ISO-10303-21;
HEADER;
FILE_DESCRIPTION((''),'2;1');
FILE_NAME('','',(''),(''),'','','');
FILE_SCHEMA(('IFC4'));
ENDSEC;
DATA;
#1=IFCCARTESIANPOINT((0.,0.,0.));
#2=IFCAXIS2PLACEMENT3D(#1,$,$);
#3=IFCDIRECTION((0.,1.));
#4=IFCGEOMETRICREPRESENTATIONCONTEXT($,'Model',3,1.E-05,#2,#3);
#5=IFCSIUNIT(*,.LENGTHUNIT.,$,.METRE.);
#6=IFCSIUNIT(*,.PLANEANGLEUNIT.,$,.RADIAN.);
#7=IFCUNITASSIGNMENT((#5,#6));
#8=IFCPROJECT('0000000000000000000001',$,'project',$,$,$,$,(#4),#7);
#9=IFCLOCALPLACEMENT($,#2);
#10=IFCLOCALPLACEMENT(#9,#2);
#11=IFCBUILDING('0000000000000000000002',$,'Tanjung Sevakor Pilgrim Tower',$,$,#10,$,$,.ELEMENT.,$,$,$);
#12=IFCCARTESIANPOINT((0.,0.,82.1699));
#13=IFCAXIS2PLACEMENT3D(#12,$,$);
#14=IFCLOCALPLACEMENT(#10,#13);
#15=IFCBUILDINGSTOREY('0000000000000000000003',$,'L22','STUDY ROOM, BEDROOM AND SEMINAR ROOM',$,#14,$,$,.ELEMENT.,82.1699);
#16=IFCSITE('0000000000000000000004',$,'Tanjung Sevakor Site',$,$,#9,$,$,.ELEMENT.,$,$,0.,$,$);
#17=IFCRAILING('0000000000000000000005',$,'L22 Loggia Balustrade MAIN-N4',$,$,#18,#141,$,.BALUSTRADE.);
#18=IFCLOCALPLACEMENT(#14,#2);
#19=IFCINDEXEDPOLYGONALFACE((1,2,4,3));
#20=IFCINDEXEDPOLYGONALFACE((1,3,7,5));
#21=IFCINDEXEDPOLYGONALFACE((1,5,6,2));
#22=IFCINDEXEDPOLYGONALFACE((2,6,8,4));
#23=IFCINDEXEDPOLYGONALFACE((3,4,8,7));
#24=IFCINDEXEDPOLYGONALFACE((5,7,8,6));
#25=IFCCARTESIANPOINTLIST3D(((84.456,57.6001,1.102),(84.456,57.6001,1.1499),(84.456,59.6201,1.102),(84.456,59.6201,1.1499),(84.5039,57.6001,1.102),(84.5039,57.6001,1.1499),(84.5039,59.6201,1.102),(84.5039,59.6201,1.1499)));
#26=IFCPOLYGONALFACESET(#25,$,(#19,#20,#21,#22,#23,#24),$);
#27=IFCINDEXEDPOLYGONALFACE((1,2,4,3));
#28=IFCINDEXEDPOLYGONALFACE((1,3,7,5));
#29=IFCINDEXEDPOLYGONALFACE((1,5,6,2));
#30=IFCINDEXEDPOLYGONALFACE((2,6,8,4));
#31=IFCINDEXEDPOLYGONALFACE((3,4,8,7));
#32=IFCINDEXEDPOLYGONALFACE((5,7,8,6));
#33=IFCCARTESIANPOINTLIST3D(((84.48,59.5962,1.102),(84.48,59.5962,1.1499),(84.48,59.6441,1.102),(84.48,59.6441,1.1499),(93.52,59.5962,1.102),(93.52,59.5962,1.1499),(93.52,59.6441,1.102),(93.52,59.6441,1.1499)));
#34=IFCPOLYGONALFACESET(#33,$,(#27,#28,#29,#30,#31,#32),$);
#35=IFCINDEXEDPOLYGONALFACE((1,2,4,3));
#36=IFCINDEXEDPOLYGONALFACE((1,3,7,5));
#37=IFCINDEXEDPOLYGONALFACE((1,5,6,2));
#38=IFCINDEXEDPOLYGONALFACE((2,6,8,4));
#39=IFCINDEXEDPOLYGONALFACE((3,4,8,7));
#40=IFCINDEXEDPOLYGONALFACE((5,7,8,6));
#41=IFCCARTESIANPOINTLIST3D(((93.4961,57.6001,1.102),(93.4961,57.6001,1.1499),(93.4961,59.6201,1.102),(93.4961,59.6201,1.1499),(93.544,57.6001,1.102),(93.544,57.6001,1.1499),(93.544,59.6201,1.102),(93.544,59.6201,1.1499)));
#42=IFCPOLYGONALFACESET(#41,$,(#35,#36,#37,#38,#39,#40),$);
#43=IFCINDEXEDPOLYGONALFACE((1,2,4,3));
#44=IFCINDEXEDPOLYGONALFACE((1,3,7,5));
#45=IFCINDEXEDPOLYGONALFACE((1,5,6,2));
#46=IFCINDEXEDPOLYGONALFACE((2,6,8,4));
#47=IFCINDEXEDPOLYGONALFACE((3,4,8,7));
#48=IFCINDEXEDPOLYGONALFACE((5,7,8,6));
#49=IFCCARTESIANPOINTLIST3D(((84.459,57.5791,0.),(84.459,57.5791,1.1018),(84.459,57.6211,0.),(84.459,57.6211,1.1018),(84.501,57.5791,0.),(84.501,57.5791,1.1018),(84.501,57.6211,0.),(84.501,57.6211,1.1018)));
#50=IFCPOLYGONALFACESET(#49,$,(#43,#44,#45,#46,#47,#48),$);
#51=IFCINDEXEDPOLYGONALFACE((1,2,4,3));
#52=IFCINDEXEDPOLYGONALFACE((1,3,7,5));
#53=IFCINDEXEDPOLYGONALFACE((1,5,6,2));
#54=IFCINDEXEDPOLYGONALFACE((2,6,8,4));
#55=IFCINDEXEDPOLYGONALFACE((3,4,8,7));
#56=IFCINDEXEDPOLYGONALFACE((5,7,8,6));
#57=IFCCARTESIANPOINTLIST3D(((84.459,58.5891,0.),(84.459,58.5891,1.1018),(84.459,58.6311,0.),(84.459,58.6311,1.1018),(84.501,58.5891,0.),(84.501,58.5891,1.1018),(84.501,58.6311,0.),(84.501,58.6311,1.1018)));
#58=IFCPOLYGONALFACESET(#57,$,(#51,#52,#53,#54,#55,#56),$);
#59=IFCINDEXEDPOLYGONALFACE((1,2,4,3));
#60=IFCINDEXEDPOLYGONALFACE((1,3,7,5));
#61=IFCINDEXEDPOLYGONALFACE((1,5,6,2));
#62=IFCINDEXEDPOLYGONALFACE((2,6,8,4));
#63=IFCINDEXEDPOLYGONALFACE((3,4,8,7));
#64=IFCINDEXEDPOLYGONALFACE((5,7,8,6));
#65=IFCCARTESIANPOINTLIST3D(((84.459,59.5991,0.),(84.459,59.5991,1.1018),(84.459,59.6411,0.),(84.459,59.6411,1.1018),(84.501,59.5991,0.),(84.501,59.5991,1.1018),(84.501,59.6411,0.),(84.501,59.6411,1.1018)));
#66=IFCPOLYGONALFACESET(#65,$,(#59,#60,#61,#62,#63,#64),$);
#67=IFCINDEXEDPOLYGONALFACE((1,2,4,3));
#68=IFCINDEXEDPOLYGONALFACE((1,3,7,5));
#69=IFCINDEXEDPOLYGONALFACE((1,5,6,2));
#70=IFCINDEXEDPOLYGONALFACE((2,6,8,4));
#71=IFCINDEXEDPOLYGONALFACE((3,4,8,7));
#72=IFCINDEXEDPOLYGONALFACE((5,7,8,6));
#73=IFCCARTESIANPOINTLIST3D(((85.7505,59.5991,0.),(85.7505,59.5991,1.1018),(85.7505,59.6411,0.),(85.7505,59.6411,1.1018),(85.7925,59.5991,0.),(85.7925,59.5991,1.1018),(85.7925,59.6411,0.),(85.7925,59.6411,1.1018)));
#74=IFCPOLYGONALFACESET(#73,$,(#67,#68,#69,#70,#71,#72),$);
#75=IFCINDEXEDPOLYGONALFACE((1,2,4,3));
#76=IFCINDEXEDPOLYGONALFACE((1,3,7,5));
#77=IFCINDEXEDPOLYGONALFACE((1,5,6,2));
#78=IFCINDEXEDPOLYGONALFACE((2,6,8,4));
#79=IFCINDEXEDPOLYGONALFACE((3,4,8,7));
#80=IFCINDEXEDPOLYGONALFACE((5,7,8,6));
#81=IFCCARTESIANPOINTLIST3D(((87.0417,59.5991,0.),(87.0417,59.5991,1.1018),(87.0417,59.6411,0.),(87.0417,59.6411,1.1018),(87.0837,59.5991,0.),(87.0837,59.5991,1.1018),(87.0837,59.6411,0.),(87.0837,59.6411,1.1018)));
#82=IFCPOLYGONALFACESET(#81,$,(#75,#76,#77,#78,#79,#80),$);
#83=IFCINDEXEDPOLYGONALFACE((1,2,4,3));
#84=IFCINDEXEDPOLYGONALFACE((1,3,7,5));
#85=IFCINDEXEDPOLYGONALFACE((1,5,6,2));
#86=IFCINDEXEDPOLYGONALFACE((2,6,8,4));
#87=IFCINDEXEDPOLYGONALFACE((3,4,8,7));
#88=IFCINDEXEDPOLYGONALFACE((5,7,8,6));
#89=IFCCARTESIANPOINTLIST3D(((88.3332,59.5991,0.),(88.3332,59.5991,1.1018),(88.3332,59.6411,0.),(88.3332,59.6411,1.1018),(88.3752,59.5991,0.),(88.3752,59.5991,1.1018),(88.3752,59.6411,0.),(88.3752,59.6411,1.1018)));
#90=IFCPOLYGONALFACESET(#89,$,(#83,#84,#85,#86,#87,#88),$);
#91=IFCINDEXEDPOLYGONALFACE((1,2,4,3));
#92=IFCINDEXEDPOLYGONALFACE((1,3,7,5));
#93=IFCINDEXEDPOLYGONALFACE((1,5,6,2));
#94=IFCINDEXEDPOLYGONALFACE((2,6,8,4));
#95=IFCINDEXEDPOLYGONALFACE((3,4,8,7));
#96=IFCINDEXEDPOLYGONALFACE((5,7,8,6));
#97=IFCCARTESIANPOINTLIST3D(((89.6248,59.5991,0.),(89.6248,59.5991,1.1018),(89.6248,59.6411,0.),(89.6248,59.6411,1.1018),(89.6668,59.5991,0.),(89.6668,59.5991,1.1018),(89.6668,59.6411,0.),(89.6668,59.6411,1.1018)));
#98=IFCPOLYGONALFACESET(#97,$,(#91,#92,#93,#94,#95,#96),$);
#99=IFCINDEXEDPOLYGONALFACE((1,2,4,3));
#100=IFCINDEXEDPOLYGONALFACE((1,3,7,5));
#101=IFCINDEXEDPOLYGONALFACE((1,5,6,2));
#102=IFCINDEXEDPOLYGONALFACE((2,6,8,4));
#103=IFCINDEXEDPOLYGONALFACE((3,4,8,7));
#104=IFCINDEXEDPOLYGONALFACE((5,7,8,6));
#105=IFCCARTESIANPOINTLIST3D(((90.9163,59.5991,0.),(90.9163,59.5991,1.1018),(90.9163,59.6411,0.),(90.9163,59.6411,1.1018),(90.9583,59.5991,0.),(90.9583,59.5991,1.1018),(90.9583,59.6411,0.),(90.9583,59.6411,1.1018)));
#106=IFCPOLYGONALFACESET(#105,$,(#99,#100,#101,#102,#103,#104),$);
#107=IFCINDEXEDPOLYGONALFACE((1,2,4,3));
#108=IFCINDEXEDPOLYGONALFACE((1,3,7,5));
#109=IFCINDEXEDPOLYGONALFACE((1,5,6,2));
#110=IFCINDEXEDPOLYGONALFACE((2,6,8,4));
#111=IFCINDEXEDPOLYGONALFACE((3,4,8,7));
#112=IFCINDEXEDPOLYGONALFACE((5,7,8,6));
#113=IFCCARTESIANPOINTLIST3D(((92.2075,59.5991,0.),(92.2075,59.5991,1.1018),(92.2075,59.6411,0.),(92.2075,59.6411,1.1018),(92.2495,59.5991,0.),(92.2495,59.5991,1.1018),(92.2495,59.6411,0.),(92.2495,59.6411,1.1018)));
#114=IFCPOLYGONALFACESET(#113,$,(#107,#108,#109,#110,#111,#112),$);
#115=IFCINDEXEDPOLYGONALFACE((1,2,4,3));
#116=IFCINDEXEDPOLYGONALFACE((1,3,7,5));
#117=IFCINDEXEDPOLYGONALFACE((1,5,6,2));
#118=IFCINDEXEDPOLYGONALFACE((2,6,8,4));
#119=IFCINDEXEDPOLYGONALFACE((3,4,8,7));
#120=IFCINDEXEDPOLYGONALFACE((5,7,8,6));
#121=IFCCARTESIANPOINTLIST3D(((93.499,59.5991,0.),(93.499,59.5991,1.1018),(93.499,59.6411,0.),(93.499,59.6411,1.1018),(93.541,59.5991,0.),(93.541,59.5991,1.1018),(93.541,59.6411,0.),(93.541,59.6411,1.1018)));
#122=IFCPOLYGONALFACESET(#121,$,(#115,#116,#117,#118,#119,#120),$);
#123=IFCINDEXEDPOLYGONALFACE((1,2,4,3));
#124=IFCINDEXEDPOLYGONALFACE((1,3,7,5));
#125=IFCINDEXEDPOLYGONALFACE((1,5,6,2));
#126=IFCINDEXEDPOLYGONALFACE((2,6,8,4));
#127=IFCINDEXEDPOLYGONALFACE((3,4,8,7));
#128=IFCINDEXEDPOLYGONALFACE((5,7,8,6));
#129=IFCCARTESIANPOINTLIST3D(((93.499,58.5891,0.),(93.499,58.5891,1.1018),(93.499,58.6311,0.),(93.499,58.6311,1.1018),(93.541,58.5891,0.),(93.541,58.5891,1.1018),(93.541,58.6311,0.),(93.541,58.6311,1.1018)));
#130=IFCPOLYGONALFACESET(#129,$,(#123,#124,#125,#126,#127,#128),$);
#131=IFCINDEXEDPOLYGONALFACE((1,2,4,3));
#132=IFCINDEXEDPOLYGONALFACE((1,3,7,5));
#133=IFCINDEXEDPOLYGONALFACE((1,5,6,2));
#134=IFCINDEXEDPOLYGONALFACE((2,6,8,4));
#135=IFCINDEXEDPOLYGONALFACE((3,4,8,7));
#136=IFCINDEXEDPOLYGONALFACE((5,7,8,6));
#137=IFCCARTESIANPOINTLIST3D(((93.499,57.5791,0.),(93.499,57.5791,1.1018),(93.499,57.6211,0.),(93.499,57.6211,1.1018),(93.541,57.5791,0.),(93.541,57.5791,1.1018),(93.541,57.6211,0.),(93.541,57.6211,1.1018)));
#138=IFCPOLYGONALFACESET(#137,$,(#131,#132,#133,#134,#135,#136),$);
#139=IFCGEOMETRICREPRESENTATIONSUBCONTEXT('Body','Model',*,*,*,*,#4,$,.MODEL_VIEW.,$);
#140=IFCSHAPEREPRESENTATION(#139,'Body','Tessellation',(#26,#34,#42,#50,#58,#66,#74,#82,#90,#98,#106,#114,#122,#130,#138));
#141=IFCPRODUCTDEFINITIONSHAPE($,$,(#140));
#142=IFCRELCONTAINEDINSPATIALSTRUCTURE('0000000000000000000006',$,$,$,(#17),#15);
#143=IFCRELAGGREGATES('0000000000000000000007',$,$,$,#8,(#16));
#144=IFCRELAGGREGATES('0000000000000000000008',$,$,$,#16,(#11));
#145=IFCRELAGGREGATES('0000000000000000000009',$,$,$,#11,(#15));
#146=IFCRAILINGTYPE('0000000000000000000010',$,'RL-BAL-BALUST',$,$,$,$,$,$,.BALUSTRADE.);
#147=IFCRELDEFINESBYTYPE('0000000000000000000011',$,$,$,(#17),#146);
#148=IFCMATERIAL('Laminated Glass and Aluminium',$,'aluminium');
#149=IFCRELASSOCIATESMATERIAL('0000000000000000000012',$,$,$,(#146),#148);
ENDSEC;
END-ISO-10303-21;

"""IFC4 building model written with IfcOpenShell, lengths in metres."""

from ifc_helpers import new_model, si_unit, direction, frame, origin, place, context, subcontext, project, spatial, rectangle, extrude, material, type_object, element, save


model = new_model("IFC4")

# Units and contexts
model_context = context("Model", 3, precision=1e-05, world=origin(), true_north=direction((0.0, 1.0)))
body_context = subcontext(model_context, "Body", "Model", "MODEL_VIEW")
ifc_project = project(units=[si_unit("LENGTHUNIT", "METRE"), si_unit("PLANEANGLEUNIT", "RADIAN")], contexts=[model_context])

# Site, building, storey
site_placement = place(None, origin())
site = spatial("IfcSite", under=ifc_project, at=site_placement, Name="Tanjung Sevakor Site", CompositionType="ELEMENT", RefElevation=0.0)
building_placement = place(site_placement, origin())
building = spatial("IfcBuilding", under=site, at=building_placement, Name="Tanjung Sevakor Pilgrim Tower", CompositionType="ELEMENT")
storey_placement = place(building_placement, frame((0.0, 0.0, 82.1699)))
storey = spatial("IfcBuildingStorey", under=building, at=storey_placement, Name="L22", Description="STUDY ROOM, BEDROOM AND SEMINAR ROOM", CompositionType="ELEMENT", Elevation=82.1699)

# Railing
ifc_material_1 = material(Name="Laminated Glass and Aluminium", Category="aluminium")
railing_type = type_object("IfcRailingType", Name="RL-BAL-BALUST", PredefinedType="BALUSTRADE", material=ifc_material_1)
railing_placement = place(storey_placement, frame((84.48, 57.6001, 0.0)))
element("IfcRailing", 1, at=railing_placement, inside=storey, type_object=railing_type, Name="L22 Loggia Balustrade MAIN-N4", PredefinedType="BALUSTRADE", context=body_context, shape_type="SweptSolid", body=[
    extrude(rectangle(XDim=0.0479, YDim=0.0479), frame((0.0, 0.0, 1.126), z_axis=(0.0, 1.0, 0.0), x_axis=(-1.0, 0.0, 0.0)), (0.0, 0.0, 1.0), 2.02),
    extrude(rectangle(XDim=0.0479, YDim=0.0479), frame((0.0, 2.02, 1.126), z_axis=(1.0, 0.0, 0.0), x_axis=(0.0, 1.0, 0.0)), (0.0, 0.0, 1.0), 9.04),
    extrude(rectangle(XDim=0.0479, YDim=0.0479), frame((9.04, 2.02, 1.126), z_axis=(0.0, -1.0, 0.0), x_axis=(1.0, 0.0, 0.0)), (0.0, 0.0, 1.0), 2.02),
    extrude(rectangle(XDim=0.042, YDim=0.042), origin(), (0.0, 0.0, 1.0), 1.1018),
    extrude(rectangle(XDim=0.042, YDim=0.042), frame((0.0, 1.01, 0.0)), (0.0, 0.0, 1.0), 1.1018),
    extrude(rectangle(XDim=0.042, YDim=0.042), frame((0.0, 2.02, 0.0)), (0.0, 0.0, 1.0), 1.1018),
    extrude(rectangle(XDim=0.042, YDim=0.042), frame((1.2915, 2.02, 0.0)), (0.0, 0.0, 1.0), 1.1018),
    extrude(rectangle(XDim=0.042, YDim=0.042), frame((2.5828, 2.02, 0.0)), (0.0, 0.0, 1.0), 1.1018),
    extrude(rectangle(XDim=0.042, YDim=0.042), frame((3.8743, 2.02, 0.0)), (0.0, 0.0, 1.0), 1.1018),
    extrude(rectangle(XDim=0.042, YDim=0.042), frame((5.1658, 2.02, 0.0)), (0.0, 0.0, 1.0), 1.1018),
    extrude(rectangle(XDim=0.042, YDim=0.042), frame((6.4573, 2.02, 0.0)), (0.0, 0.0, 1.0), 1.1018),
    extrude(rectangle(XDim=0.042, YDim=0.042), frame((7.7485, 2.02, 0.0)), (0.0, 0.0, 1.0), 1.1018),
    extrude(rectangle(XDim=0.042, YDim=0.042), frame((9.04, 2.02, 0.0)), (0.0, 0.0, 1.0), 1.1018),
    extrude(rectangle(XDim=0.042, YDim=0.042), frame((9.04, 1.01, 0.0)), (0.0, 0.0, 1.0), 1.1018),
    extrude(rectangle(XDim=0.042, YDim=0.042), frame((9.04, 0.0, 0.0)), (0.0, 0.0, 1.0), 1.1018),
])

save(model, "model.ifc")
